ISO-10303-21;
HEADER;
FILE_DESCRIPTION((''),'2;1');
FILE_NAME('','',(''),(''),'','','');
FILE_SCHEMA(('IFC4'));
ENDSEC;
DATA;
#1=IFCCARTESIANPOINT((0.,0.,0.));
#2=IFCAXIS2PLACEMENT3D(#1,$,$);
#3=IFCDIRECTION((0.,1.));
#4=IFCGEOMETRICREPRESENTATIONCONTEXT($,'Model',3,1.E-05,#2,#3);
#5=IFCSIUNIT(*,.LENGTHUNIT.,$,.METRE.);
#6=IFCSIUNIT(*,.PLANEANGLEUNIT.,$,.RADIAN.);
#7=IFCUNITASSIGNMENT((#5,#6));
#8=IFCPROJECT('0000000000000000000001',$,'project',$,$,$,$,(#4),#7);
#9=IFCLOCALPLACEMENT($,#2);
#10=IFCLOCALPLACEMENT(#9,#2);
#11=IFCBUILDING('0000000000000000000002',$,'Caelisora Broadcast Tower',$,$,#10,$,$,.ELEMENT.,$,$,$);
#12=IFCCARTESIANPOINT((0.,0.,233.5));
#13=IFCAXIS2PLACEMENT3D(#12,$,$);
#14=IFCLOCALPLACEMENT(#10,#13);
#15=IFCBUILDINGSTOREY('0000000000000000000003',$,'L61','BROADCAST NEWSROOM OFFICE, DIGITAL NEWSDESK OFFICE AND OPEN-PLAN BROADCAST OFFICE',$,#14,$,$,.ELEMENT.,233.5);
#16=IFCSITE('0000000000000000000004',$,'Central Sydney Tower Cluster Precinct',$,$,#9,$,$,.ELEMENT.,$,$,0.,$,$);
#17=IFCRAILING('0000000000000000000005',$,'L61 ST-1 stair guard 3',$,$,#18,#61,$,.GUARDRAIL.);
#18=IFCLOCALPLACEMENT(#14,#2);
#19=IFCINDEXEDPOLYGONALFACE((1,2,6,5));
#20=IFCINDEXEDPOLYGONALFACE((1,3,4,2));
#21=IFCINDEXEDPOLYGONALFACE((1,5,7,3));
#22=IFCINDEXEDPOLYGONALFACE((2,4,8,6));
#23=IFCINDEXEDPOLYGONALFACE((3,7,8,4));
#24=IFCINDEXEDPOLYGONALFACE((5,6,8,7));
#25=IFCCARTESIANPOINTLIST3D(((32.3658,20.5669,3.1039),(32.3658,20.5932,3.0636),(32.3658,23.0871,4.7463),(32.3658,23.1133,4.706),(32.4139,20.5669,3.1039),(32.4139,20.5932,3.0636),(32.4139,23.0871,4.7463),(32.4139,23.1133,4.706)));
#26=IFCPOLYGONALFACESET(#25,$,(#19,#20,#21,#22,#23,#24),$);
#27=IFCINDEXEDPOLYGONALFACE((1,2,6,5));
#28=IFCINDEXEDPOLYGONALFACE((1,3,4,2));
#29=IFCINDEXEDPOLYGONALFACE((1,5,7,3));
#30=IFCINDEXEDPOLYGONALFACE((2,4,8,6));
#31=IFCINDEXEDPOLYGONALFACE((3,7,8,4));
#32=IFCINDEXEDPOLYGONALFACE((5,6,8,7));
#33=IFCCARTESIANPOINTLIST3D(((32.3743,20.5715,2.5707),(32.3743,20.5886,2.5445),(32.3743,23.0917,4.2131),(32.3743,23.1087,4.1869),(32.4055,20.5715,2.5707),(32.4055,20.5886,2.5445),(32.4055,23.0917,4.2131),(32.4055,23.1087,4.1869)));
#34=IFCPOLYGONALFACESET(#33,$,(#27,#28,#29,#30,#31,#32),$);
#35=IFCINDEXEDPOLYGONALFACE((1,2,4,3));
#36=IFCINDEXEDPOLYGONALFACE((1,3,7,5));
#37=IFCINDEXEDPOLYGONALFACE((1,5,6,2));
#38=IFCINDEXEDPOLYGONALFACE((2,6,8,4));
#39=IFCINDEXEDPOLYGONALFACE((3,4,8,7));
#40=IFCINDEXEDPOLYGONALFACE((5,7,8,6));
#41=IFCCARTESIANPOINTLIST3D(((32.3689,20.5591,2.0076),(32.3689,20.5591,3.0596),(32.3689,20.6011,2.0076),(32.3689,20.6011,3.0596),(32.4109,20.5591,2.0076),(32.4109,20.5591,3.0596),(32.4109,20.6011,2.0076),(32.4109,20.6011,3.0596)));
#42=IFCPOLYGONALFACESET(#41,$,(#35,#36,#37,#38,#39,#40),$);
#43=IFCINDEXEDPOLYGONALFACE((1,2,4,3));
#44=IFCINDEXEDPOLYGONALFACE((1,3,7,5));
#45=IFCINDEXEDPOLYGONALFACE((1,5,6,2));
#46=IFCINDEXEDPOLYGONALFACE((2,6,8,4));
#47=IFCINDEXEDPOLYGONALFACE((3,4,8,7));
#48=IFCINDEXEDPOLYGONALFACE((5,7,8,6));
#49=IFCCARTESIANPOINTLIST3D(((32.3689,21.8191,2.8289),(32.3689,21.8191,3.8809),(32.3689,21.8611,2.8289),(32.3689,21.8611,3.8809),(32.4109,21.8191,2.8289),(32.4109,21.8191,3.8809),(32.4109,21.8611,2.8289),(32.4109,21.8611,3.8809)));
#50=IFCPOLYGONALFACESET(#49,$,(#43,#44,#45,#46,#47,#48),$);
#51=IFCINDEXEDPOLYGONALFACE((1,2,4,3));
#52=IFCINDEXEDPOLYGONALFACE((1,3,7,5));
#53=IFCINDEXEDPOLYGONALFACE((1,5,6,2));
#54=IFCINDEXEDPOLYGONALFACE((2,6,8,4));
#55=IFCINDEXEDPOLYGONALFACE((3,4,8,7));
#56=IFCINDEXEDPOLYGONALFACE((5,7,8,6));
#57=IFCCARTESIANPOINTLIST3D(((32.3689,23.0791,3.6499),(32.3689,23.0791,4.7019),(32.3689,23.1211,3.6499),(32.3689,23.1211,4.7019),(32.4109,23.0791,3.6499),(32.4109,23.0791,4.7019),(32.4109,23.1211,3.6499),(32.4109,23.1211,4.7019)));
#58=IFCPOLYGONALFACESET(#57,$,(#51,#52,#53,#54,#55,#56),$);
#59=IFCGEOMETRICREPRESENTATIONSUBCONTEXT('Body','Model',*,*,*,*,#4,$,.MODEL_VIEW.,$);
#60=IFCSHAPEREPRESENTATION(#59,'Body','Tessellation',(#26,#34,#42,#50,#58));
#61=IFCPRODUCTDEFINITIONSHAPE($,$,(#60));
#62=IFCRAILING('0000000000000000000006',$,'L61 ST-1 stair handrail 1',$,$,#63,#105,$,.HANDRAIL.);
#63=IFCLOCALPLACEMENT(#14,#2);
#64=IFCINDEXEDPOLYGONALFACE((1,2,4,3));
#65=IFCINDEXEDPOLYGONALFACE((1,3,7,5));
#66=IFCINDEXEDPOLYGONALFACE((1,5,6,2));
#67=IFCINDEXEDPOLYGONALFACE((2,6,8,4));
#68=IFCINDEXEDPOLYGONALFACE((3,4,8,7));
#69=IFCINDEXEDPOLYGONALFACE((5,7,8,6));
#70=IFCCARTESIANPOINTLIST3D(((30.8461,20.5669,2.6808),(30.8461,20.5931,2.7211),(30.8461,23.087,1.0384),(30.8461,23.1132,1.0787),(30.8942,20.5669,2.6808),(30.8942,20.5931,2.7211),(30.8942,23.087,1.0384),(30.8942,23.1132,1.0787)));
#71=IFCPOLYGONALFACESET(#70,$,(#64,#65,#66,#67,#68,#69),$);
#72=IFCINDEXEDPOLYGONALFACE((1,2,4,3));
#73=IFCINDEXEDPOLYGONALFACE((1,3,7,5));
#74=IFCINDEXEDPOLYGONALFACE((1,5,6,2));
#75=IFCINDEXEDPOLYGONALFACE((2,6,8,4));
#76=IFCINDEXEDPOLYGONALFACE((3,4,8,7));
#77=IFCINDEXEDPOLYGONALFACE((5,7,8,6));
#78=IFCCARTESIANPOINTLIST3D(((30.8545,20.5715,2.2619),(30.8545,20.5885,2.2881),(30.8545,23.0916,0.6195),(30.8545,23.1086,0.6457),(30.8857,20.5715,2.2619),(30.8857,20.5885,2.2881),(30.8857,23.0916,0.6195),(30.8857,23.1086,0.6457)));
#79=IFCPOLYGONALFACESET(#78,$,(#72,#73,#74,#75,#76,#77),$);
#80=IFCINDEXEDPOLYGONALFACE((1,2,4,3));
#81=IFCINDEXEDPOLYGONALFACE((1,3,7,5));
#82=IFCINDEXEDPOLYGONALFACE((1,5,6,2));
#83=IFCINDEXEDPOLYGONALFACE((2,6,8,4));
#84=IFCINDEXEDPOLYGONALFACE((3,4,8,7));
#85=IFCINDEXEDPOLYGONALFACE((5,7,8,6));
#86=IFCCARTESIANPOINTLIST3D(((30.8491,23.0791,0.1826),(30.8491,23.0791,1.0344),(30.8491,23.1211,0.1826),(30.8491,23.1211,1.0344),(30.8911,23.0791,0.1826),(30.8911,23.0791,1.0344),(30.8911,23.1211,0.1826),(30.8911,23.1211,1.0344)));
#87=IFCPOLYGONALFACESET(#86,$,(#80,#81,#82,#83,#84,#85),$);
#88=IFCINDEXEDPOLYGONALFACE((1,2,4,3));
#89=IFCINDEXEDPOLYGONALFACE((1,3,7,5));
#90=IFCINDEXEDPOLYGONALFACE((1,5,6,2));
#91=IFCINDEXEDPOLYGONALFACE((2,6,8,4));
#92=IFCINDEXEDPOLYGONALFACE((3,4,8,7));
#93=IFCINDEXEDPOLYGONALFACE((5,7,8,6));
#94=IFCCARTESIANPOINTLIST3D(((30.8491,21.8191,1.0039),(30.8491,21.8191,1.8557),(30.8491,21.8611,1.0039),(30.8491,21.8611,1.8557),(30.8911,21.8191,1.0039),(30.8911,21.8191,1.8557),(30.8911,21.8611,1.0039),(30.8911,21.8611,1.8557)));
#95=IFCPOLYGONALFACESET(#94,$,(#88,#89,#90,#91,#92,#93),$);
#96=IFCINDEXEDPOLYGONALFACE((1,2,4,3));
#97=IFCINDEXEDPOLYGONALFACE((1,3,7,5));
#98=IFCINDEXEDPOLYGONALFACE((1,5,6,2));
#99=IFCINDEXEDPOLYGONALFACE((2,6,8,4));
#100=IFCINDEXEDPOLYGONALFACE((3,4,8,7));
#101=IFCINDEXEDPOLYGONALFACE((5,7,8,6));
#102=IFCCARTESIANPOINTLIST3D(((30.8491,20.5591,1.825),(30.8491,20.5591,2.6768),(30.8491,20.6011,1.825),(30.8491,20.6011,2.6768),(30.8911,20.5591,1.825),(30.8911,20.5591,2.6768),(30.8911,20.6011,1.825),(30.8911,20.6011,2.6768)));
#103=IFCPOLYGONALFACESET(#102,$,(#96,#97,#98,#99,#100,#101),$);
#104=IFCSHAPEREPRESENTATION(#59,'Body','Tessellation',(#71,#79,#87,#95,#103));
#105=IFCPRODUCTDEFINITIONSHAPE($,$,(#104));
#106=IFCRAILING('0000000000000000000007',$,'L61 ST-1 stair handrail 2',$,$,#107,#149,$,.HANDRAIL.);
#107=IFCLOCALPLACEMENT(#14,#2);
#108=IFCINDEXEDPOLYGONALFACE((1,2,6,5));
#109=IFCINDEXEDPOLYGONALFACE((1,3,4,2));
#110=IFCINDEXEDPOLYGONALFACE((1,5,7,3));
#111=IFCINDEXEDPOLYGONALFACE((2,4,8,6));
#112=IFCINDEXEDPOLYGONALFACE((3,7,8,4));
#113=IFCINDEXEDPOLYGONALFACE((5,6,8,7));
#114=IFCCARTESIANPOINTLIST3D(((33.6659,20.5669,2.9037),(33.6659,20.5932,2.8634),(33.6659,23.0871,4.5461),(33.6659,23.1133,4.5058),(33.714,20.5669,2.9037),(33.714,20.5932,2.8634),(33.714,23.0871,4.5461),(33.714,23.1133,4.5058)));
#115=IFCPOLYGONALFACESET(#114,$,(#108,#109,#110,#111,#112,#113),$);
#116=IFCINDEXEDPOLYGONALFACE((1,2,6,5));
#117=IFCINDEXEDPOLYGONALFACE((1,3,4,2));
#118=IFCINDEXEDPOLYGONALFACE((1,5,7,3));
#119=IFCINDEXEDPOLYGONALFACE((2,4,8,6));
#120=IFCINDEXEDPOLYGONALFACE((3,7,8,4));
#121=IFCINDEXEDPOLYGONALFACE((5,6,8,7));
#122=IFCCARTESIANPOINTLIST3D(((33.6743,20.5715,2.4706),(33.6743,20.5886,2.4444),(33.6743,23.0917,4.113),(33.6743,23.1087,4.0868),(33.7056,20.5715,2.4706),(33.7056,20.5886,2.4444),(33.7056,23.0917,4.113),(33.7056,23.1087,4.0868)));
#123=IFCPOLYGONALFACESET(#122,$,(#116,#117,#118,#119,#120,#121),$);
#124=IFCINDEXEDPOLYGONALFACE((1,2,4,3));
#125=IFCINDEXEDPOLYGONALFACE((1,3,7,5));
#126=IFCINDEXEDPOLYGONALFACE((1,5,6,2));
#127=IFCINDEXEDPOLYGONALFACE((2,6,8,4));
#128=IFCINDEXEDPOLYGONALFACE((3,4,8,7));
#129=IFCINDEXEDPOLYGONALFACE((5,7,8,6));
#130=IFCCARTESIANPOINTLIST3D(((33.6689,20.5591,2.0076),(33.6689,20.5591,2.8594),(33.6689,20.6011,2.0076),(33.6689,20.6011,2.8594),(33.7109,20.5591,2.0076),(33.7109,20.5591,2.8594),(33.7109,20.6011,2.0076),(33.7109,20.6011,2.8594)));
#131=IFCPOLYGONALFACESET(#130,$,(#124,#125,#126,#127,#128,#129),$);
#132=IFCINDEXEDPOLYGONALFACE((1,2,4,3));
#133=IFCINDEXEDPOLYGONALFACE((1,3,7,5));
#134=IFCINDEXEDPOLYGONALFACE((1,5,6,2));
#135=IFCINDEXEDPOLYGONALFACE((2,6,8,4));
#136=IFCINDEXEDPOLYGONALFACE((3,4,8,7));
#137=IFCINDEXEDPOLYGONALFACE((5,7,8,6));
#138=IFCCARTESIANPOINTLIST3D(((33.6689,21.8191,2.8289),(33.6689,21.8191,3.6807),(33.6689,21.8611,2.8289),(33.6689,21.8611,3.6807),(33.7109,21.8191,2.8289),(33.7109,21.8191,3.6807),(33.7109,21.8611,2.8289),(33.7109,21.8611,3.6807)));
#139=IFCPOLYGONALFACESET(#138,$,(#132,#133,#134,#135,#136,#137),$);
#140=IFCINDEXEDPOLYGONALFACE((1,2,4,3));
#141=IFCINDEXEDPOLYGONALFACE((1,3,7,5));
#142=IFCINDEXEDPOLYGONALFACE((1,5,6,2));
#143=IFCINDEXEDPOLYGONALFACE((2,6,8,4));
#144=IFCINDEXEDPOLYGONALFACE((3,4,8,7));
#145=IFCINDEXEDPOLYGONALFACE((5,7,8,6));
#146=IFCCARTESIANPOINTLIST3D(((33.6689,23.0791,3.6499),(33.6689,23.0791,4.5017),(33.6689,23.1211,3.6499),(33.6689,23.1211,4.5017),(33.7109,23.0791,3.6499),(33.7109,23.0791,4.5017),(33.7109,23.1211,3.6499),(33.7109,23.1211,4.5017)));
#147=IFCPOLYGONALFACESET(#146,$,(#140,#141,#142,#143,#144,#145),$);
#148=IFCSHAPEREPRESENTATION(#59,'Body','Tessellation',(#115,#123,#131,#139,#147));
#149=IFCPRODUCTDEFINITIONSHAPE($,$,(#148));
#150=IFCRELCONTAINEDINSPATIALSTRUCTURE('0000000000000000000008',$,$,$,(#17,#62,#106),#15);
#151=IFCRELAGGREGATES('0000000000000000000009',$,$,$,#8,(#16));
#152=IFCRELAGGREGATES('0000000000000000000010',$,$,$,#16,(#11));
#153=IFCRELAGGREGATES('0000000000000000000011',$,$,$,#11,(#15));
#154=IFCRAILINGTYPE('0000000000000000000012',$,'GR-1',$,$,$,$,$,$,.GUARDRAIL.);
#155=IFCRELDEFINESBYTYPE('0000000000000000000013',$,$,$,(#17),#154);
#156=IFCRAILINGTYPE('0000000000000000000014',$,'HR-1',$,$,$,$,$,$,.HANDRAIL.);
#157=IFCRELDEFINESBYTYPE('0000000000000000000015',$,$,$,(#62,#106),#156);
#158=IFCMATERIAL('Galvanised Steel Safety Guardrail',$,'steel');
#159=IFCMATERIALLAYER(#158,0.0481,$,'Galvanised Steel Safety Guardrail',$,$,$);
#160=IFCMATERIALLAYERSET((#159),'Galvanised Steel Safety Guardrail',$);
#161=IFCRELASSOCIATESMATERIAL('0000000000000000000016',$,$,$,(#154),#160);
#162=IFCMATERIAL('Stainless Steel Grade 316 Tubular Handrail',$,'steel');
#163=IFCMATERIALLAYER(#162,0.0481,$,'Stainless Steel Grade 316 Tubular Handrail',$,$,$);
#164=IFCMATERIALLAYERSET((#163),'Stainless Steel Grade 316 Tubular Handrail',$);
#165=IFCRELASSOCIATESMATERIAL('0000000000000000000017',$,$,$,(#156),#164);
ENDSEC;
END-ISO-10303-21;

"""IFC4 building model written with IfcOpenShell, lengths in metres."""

from ifc_helpers import new_model, si_unit, direction, frame, origin, origin_2d, place, context, subcontext, project, spatial, rectangle, extrude, material, layer, layer_set, type_object, element, save


model = new_model("IFC4")

# Units and contexts
model_context = context("Model", 3, precision=1e-05, world=origin(), true_north=direction((0.0, 1.0)))
body_context = subcontext(model_context, "Body", "Model", "MODEL_VIEW")
ifc_project = project(units=[si_unit("LENGTHUNIT", "METRE"), si_unit("PLANEANGLEUNIT", "RADIAN")], contexts=[model_context])

# Site, building, storey
site_placement = place(None, origin())
site = spatial("IfcSite", under=ifc_project, at=site_placement, Name="Central Sydney Tower Cluster Precinct", CompositionType="ELEMENT", RefElevation=0.0)
building_placement = place(site_placement, origin())
building = spatial("IfcBuilding", under=site, at=building_placement, Name="Caelisora Broadcast Tower", CompositionType="ELEMENT")
storey_placement = place(building_placement, frame((0.0, 0.0, 233.5)))
storey = spatial("IfcBuildingStorey", under=building, at=storey_placement, Name="L61", Description="BROADCAST NEWSROOM OFFICE, DIGITAL NEWSDESK OFFICE AND OPEN-PLAN BROADCAST OFFICE", CompositionType="ELEMENT", Elevation=233.5)

# Railings
ifc_material_1 = material(Name="Galvanised Steel Safety Guardrail", Category="steel")
ifc_layer_1 = layer(ifc_material_1, 0.0481, Name="Galvanised Steel Safety Guardrail")
ifc_layer_set_1 = layer_set([ifc_layer_1], Name="Galvanised Steel Safety Guardrail")
railing_type_1 = type_object("IfcRailingType", Name="GR-1", PredefinedType="GUARDRAIL", material=ifc_layer_set_1)
railing_1_placement = place(storey_placement, frame((32.3899, 20.5801, 2.0076)))
element("IfcRailing", 1, at=railing_1_placement, inside=storey, type_object=railing_type_1, Name="L61 ST-1 stair guard 3", PredefinedType="GUARDRAIL", context=body_context, shape_type="SweptSolid", body=[
    extrude(rectangle(XDim=0.0481, YDim=0.0481, at=origin_2d()), frame((0.0, 0.0, 1.0762), z_axis=(0.0, 0.837787, 0.545998), x_axis=(-1.0, 0.0, 0.0)), (0.0, 0.0, 1.0), 3.0081),
    extrude(rectangle(XDim=0.0312, YDim=0.0312, at=origin_2d()), frame((0.0, 0.0, 0.55), z_axis=(0.0, 0.837787, 0.545998), x_axis=(-1.0, 0.0, 0.0)), (0.0, 0.0, 1.0), 3.0081),
    extrude(rectangle(XDim=0.042, YDim=0.042, at=origin_2d()), origin(), (0.0, 0.0, 1.0), 1.052),
    extrude(rectangle(XDim=0.042, YDim=0.042, at=origin_2d()), frame((0.0, 1.26, 0.8213)), (0.0, 0.0, 1.0), 1.052),
    extrude(rectangle(XDim=0.042, YDim=0.042, at=origin_2d()), frame((0.0, 2.52, 1.6423)), (0.0, 0.0, 1.0), 1.052),
])
ifc_material_2 = material(Name="Stainless Steel Grade 316 Tubular Handrail", Category="steel")
ifc_layer_2 = layer(ifc_material_2, 0.0481, Name="Stainless Steel Grade 316 Tubular Handrail")
ifc_layer_set_2 = layer_set([ifc_layer_2], Name="Stainless Steel Grade 316 Tubular Handrail")
railing_type_2 = type_object("IfcRailingType", Name="HR-1", PredefinedType="HANDRAIL", material=ifc_layer_set_2)
railing_2_placement = place(storey_placement, frame((30.8701, 23.1001, 0.1826)))
element("IfcRailing", 2, at=railing_2_placement, inside=storey, type_object=railing_type_2, Name="L61 ST-1 stair handrail 1", PredefinedType="HANDRAIL", context=body_context, shape_type="SweptSolid", body=[
    extrude(rectangle(XDim=0.0481, YDim=0.0481, at=origin_2d()), frame((0.0, 0.0, 0.876), z_axis=(0.0, -0.837787, 0.545998), x_axis=(1.0, 0.0, 0.0)), (0.0, 0.0, 1.0), 3.0081),
    extrude(rectangle(XDim=0.0312, YDim=0.0312, at=origin_2d()), frame((0.0, 0.0, 0.45), z_axis=(0.0, -0.837787, 0.545998), x_axis=(1.0, 0.0, 0.0)), (0.0, 0.0, 1.0), 3.0081),
    extrude(rectangle(XDim=0.042, YDim=0.042, at=origin_2d()), origin(), (0.0, 0.0, 1.0), 0.8518),
    extrude(rectangle(XDim=0.042, YDim=0.042, at=origin_2d()), frame((0.0, -1.26, 0.8213)), (0.0, 0.0, 1.0), 0.8518),
    extrude(rectangle(XDim=0.042, YDim=0.042, at=origin_2d()), frame((0.0, -2.52, 1.6423)), (0.0, 0.0, 1.0), 0.8518),
])
railing_3_placement = place(storey_placement, frame((33.6899, 20.5801, 2.0076)))
element("IfcRailing", 3, at=railing_3_placement, inside=storey, type_object=railing_type_2, Name="L61 ST-1 stair handrail 2", PredefinedType="HANDRAIL", context=body_context, shape_type="SweptSolid", body=[
    extrude(rectangle(XDim=0.0481, YDim=0.0481, at=origin_2d()), frame((0.0, 0.0, 0.876), z_axis=(0.0, 0.837787, 0.545998), x_axis=(-1.0, 0.0, 0.0)), (0.0, 0.0, 1.0), 3.0081),
    extrude(rectangle(XDim=0.0312, YDim=0.0312, at=origin_2d()), frame((0.0, 0.0, 0.45), z_axis=(0.0, 0.837787, 0.545998), x_axis=(-1.0, 0.0, 0.0)), (0.0, 0.0, 1.0), 3.0081),
    extrude(rectangle(XDim=0.042, YDim=0.042, at=origin_2d()), origin(), (0.0, 0.0, 1.0), 0.8518),
    extrude(rectangle(XDim=0.042, YDim=0.042, at=origin_2d()), frame((0.0, 1.26, 0.8213)), (0.0, 0.0, 1.0), 0.8518),
    extrude(rectangle(XDim=0.042, YDim=0.042, at=origin_2d()), frame((0.0, 2.52, 1.6423)), (0.0, 0.0, 1.0), 0.8518),
])

save(model, "model.ifc")
